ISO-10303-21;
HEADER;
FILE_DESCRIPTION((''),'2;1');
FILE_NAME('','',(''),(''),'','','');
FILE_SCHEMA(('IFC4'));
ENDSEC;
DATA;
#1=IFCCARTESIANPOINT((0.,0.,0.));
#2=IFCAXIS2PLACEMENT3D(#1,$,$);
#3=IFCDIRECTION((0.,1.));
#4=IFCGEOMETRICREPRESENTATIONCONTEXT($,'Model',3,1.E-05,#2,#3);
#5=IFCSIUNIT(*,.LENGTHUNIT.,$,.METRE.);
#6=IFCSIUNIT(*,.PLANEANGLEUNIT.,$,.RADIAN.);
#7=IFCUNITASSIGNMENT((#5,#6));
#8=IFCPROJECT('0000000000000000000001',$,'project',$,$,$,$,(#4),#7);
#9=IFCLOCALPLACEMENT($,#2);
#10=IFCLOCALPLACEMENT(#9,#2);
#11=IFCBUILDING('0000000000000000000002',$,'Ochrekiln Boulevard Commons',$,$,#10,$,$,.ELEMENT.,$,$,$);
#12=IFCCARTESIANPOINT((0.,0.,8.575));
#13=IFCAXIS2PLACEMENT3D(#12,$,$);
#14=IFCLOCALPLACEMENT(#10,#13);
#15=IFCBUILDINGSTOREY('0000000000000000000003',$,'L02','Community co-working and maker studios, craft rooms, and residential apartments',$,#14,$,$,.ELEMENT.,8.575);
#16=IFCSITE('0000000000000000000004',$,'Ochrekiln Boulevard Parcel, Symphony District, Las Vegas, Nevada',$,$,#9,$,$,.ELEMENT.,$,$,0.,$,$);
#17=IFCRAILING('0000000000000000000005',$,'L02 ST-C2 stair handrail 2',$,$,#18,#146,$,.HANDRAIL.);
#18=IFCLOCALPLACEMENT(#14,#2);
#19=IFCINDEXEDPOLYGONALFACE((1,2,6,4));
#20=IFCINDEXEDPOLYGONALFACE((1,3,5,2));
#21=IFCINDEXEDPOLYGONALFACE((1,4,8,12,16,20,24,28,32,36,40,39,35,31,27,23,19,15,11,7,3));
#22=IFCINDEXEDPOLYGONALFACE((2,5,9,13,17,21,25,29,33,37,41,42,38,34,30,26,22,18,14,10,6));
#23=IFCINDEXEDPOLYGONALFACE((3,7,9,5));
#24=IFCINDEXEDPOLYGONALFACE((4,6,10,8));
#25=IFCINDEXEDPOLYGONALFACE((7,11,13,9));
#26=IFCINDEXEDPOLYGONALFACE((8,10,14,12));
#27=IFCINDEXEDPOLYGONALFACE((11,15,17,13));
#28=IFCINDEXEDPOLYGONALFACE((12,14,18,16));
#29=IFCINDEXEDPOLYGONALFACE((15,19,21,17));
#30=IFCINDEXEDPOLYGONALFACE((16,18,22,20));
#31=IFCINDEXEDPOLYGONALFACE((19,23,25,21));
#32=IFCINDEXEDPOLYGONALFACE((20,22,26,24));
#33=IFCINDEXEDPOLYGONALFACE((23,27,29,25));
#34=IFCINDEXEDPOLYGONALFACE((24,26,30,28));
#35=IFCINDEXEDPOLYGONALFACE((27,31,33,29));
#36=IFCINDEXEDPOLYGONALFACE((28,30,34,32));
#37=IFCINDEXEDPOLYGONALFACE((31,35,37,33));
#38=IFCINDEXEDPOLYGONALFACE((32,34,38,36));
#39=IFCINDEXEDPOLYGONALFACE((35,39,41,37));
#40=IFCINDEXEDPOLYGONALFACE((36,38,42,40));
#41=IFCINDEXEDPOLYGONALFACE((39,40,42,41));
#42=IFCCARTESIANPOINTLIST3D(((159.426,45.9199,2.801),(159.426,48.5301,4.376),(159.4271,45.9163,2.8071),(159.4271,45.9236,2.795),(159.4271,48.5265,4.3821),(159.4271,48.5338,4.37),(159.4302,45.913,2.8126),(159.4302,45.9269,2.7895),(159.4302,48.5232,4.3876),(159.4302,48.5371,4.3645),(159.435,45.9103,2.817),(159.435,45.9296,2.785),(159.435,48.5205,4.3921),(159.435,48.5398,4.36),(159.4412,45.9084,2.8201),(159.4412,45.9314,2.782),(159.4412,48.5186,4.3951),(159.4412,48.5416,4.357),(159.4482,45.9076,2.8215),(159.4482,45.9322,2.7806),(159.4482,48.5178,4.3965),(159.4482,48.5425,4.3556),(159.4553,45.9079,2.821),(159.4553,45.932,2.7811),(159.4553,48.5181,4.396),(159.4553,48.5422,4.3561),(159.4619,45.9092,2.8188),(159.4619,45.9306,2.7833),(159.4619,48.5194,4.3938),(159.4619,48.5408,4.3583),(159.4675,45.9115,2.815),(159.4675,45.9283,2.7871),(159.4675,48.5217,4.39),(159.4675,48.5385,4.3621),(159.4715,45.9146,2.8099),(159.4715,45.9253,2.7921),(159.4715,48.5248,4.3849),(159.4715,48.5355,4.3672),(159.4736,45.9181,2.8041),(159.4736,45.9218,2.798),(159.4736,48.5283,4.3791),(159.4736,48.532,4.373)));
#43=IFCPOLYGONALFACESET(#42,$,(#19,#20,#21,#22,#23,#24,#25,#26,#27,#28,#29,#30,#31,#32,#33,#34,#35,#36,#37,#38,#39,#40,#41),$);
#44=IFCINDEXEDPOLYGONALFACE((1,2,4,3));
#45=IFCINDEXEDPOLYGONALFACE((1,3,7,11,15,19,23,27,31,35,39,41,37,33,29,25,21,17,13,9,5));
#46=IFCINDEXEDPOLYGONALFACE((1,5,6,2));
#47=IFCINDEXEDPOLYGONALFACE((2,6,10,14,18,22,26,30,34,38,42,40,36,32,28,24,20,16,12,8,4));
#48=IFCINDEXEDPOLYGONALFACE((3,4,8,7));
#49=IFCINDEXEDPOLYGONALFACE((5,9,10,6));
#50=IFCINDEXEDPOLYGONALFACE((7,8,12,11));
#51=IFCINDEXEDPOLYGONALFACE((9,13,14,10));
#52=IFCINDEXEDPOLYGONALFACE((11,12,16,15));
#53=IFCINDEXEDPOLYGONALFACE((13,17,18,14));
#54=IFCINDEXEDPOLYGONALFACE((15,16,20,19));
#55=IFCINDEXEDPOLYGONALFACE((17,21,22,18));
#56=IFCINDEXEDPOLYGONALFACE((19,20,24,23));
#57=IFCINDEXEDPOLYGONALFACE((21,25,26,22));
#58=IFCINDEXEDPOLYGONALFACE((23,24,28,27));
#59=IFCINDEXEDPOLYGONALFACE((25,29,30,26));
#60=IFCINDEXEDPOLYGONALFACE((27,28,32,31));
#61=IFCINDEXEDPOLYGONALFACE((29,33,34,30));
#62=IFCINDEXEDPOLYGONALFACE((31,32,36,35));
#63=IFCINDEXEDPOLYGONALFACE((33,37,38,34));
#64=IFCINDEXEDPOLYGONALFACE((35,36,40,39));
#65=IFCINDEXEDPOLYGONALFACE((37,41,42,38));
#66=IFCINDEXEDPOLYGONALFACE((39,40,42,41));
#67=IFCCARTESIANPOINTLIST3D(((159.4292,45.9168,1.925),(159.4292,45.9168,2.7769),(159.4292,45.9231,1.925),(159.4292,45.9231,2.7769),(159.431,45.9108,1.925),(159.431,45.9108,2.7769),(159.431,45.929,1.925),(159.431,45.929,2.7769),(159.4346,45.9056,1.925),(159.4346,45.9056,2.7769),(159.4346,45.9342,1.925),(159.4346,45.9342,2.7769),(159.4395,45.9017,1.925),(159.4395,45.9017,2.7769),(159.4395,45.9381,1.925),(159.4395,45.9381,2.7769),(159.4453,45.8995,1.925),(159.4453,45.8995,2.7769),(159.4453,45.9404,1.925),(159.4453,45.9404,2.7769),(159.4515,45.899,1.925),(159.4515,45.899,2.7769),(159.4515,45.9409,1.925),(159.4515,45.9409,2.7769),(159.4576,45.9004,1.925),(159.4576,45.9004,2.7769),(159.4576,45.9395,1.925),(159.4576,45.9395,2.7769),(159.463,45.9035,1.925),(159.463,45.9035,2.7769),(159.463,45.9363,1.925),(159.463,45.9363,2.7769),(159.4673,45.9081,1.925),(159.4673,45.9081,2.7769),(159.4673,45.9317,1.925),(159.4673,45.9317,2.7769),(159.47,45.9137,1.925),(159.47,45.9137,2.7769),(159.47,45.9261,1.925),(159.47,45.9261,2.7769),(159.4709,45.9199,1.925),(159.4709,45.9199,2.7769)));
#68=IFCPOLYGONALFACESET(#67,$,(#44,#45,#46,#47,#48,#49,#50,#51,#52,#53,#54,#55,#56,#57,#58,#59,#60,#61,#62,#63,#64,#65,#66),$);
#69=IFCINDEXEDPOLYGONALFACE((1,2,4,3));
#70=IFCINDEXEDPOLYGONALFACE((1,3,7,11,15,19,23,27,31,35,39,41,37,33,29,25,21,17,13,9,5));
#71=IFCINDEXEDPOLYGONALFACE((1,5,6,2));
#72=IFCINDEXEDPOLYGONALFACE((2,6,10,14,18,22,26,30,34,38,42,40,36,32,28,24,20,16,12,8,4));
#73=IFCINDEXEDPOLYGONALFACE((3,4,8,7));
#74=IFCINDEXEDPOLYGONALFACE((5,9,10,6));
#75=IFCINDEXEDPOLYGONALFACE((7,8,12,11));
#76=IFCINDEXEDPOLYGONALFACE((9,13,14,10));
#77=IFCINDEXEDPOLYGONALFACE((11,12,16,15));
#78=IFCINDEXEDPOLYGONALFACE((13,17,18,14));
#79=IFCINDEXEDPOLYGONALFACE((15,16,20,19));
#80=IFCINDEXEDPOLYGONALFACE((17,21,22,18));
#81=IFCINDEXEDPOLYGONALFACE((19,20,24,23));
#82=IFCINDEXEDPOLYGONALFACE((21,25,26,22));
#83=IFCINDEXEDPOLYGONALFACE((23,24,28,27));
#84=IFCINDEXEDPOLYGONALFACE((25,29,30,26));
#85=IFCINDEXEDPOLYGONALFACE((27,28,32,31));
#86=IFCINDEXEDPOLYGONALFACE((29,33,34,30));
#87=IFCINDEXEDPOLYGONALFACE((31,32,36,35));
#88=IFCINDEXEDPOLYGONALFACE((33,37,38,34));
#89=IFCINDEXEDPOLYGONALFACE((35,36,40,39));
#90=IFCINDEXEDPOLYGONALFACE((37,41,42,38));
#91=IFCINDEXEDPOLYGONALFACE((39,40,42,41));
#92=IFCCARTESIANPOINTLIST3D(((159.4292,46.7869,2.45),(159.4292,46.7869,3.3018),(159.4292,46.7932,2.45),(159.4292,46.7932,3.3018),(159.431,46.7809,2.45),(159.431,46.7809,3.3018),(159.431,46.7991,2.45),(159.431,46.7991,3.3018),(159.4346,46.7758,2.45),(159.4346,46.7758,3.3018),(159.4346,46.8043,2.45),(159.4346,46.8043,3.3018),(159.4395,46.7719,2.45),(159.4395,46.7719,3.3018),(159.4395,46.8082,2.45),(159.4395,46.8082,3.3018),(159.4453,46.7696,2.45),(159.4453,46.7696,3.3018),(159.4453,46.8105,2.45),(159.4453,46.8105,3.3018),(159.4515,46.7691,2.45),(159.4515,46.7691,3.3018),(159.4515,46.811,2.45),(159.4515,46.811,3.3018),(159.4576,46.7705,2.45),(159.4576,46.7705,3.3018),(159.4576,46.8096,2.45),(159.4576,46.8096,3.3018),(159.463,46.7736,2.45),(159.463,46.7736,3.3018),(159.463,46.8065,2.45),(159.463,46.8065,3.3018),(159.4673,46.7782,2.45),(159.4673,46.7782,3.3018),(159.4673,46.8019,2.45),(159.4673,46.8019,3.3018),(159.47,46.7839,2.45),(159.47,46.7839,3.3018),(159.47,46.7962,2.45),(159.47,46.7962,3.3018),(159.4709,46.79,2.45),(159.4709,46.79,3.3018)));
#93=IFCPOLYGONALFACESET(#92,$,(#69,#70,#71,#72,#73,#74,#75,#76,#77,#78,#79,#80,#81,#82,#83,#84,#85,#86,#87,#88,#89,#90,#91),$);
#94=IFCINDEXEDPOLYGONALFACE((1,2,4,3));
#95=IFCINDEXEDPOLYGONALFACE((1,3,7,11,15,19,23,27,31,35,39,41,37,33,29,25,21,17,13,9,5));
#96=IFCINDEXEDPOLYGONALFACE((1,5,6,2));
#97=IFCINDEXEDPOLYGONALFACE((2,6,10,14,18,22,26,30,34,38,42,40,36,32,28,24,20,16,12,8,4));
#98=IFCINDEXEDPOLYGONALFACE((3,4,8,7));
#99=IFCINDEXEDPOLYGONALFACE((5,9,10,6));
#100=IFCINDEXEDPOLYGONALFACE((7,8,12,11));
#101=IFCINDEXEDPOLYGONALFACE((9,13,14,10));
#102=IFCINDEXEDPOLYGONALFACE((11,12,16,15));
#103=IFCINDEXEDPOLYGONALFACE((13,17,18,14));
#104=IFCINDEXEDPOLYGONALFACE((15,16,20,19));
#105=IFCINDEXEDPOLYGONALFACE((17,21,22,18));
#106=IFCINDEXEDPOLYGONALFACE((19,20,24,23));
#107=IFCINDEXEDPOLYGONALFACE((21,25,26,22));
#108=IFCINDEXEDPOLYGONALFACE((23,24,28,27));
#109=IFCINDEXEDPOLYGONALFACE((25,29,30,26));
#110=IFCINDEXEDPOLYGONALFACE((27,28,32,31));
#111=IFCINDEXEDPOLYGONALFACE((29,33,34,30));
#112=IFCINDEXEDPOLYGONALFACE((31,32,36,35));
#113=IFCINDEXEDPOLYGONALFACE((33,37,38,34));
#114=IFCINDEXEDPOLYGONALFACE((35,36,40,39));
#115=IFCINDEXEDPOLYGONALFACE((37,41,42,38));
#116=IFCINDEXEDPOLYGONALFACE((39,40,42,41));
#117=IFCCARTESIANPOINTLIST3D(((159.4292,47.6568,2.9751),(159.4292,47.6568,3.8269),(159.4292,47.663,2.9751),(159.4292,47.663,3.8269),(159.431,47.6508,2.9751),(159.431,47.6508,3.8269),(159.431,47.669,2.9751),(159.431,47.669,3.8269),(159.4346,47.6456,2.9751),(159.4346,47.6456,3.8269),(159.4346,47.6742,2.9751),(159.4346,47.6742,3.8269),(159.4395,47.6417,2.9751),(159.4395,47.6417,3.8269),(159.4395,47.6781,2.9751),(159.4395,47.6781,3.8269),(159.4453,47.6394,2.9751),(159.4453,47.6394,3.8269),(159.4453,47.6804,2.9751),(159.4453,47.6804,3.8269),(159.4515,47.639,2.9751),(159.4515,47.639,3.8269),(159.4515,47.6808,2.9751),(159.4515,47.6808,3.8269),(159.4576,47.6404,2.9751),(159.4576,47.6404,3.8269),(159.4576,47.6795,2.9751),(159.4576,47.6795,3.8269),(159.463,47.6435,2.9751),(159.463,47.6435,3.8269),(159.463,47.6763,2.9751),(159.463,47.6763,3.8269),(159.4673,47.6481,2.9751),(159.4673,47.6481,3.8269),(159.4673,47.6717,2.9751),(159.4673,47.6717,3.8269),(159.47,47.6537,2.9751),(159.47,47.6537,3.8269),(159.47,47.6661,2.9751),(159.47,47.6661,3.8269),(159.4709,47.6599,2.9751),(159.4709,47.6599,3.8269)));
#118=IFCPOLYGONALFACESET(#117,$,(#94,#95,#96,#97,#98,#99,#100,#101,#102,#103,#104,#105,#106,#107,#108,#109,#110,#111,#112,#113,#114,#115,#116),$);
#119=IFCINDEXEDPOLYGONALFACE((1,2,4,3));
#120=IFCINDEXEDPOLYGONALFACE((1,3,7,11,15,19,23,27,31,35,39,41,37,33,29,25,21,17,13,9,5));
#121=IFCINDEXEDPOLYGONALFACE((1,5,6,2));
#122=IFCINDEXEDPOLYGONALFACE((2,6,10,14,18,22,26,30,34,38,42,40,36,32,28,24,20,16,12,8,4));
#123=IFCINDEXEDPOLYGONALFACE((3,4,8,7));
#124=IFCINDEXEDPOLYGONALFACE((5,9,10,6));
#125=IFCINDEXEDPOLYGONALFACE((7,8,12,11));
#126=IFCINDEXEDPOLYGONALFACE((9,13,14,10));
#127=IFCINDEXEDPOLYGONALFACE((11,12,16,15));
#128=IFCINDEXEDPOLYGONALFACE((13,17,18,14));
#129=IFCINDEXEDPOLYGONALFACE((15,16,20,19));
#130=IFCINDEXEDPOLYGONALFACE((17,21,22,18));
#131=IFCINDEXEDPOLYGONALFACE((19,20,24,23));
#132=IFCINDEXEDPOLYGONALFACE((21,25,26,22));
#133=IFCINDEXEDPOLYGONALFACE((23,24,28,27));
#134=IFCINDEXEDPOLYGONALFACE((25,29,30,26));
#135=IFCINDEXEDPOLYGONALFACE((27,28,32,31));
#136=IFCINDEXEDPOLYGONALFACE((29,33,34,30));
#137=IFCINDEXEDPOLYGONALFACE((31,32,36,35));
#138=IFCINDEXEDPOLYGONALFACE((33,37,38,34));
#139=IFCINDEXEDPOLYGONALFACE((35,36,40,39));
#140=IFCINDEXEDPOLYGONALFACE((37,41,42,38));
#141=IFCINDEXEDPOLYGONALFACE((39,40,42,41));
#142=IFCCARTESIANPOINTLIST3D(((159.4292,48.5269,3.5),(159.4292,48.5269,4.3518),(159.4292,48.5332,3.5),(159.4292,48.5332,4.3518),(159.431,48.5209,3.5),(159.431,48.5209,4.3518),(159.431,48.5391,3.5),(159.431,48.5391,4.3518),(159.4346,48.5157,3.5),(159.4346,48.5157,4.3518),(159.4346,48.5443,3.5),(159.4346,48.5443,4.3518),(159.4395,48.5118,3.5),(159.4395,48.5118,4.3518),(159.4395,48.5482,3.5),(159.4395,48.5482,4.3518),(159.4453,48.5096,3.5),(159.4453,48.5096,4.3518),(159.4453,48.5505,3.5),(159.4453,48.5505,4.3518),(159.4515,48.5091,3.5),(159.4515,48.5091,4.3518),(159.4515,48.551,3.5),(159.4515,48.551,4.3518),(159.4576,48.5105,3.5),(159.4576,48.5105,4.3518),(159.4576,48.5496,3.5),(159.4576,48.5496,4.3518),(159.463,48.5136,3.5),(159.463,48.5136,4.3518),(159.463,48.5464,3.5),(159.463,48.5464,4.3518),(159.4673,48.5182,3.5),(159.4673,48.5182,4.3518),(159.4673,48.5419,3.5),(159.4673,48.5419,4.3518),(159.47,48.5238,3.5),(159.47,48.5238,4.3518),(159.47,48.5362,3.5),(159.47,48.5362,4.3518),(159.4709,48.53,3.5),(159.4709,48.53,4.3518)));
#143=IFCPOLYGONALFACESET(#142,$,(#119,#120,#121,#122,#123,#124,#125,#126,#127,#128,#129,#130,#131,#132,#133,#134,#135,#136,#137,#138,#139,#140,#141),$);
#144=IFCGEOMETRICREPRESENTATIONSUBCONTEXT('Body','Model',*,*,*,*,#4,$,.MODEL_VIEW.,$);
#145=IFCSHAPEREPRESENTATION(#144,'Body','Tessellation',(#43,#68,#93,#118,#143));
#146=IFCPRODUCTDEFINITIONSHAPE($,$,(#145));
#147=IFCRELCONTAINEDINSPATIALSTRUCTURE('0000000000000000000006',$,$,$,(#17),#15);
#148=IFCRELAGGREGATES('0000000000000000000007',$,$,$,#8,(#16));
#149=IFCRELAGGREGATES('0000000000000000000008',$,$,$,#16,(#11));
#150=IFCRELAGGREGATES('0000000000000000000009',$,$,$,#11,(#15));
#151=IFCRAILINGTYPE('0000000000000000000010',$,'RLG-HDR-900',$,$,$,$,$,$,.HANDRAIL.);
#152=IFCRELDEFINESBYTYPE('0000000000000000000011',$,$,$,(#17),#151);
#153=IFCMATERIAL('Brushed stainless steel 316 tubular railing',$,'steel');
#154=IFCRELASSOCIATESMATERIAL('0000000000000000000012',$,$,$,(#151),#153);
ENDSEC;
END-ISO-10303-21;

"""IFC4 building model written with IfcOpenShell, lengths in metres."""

from ifc_helpers import new_model, si_unit, direction, frame, origin, origin_2d, place, context, subcontext, project, spatial, circle, extrude, material, type_object, element, save


model = new_model("IFC4")

# Units and contexts
model_context = context("Model", 3, precision=1e-05, world=origin(), true_north=direction((0.0, 1.0)))
body_context = subcontext(model_context, "Body", "Model", "MODEL_VIEW")
ifc_project = project(units=[si_unit("LENGTHUNIT", "METRE"), si_unit("PLANEANGLEUNIT", "RADIAN")], contexts=[model_context])

# Site, building, storey
site_placement = place(None, origin())
site = spatial("IfcSite", under=ifc_project, at=site_placement, Name="Ochrekiln Boulevard Parcel, Symphony District, Las Vegas, Nevada", CompositionType="ELEMENT", RefElevation=0.0)
building_placement = place(site_placement, origin())
building = spatial("IfcBuilding", under=site, at=building_placement, Name="Ochrekiln Boulevard Commons", CompositionType="ELEMENT")
storey_placement = place(building_placement, frame((0.0, 0.0, 8.575)))
storey = spatial("IfcBuildingStorey", under=building, at=storey_placement, Name="L02", Description="Community co-working and maker studios, craft rooms, and residential apartments", CompositionType="ELEMENT", Elevation=8.575)

# Railing
ifc_material_1 = material(Name="Brushed stainless steel 316 tubular railing", Category="steel")
railing_type_1 = type_object("IfcRailingType", Name="RLG-HDR-900", PredefinedType="HANDRAIL", material=ifc_material_1)
railing_1_placement = place(storey_placement, frame((159.45, 45.9199, 1.925)))
element("IfcRailing", 1, at=railing_1_placement, inside=storey, type_object=railing_type_1, Name="L02 ST-C2 stair handrail 2", PredefinedType="HANDRAIL", context=body_context, shape_type="SweptSolid", body=[
    extrude(circle(Radius=0.0239, at=origin_2d()), frame((0.0, 0.0, 0.876), z_axis=(0.0, 0.856204, 0.516638), x_axis=(-1.0, 0.0, 0.0)), (0.0, 0.0, 1.0), 3.0486),
    extrude(circle(Radius=0.021, at=origin_2d()), origin(), (0.0, 0.0, 1.0), 0.8518),
    extrude(circle(Radius=0.021, at=origin_2d()), frame((0.0, 0.8701, 0.5249)), (0.0, 0.0, 1.0), 0.8518),
    extrude(circle(Radius=0.021, at=origin_2d()), frame((0.0, 1.74, 1.05)), (0.0, 0.0, 1.0), 0.8518),
    extrude(circle(Radius=0.021, at=origin_2d()), frame((0.0, 2.6101, 1.575)), (0.0, 0.0, 1.0), 0.8518),
])

save(model, "model.ifc")
